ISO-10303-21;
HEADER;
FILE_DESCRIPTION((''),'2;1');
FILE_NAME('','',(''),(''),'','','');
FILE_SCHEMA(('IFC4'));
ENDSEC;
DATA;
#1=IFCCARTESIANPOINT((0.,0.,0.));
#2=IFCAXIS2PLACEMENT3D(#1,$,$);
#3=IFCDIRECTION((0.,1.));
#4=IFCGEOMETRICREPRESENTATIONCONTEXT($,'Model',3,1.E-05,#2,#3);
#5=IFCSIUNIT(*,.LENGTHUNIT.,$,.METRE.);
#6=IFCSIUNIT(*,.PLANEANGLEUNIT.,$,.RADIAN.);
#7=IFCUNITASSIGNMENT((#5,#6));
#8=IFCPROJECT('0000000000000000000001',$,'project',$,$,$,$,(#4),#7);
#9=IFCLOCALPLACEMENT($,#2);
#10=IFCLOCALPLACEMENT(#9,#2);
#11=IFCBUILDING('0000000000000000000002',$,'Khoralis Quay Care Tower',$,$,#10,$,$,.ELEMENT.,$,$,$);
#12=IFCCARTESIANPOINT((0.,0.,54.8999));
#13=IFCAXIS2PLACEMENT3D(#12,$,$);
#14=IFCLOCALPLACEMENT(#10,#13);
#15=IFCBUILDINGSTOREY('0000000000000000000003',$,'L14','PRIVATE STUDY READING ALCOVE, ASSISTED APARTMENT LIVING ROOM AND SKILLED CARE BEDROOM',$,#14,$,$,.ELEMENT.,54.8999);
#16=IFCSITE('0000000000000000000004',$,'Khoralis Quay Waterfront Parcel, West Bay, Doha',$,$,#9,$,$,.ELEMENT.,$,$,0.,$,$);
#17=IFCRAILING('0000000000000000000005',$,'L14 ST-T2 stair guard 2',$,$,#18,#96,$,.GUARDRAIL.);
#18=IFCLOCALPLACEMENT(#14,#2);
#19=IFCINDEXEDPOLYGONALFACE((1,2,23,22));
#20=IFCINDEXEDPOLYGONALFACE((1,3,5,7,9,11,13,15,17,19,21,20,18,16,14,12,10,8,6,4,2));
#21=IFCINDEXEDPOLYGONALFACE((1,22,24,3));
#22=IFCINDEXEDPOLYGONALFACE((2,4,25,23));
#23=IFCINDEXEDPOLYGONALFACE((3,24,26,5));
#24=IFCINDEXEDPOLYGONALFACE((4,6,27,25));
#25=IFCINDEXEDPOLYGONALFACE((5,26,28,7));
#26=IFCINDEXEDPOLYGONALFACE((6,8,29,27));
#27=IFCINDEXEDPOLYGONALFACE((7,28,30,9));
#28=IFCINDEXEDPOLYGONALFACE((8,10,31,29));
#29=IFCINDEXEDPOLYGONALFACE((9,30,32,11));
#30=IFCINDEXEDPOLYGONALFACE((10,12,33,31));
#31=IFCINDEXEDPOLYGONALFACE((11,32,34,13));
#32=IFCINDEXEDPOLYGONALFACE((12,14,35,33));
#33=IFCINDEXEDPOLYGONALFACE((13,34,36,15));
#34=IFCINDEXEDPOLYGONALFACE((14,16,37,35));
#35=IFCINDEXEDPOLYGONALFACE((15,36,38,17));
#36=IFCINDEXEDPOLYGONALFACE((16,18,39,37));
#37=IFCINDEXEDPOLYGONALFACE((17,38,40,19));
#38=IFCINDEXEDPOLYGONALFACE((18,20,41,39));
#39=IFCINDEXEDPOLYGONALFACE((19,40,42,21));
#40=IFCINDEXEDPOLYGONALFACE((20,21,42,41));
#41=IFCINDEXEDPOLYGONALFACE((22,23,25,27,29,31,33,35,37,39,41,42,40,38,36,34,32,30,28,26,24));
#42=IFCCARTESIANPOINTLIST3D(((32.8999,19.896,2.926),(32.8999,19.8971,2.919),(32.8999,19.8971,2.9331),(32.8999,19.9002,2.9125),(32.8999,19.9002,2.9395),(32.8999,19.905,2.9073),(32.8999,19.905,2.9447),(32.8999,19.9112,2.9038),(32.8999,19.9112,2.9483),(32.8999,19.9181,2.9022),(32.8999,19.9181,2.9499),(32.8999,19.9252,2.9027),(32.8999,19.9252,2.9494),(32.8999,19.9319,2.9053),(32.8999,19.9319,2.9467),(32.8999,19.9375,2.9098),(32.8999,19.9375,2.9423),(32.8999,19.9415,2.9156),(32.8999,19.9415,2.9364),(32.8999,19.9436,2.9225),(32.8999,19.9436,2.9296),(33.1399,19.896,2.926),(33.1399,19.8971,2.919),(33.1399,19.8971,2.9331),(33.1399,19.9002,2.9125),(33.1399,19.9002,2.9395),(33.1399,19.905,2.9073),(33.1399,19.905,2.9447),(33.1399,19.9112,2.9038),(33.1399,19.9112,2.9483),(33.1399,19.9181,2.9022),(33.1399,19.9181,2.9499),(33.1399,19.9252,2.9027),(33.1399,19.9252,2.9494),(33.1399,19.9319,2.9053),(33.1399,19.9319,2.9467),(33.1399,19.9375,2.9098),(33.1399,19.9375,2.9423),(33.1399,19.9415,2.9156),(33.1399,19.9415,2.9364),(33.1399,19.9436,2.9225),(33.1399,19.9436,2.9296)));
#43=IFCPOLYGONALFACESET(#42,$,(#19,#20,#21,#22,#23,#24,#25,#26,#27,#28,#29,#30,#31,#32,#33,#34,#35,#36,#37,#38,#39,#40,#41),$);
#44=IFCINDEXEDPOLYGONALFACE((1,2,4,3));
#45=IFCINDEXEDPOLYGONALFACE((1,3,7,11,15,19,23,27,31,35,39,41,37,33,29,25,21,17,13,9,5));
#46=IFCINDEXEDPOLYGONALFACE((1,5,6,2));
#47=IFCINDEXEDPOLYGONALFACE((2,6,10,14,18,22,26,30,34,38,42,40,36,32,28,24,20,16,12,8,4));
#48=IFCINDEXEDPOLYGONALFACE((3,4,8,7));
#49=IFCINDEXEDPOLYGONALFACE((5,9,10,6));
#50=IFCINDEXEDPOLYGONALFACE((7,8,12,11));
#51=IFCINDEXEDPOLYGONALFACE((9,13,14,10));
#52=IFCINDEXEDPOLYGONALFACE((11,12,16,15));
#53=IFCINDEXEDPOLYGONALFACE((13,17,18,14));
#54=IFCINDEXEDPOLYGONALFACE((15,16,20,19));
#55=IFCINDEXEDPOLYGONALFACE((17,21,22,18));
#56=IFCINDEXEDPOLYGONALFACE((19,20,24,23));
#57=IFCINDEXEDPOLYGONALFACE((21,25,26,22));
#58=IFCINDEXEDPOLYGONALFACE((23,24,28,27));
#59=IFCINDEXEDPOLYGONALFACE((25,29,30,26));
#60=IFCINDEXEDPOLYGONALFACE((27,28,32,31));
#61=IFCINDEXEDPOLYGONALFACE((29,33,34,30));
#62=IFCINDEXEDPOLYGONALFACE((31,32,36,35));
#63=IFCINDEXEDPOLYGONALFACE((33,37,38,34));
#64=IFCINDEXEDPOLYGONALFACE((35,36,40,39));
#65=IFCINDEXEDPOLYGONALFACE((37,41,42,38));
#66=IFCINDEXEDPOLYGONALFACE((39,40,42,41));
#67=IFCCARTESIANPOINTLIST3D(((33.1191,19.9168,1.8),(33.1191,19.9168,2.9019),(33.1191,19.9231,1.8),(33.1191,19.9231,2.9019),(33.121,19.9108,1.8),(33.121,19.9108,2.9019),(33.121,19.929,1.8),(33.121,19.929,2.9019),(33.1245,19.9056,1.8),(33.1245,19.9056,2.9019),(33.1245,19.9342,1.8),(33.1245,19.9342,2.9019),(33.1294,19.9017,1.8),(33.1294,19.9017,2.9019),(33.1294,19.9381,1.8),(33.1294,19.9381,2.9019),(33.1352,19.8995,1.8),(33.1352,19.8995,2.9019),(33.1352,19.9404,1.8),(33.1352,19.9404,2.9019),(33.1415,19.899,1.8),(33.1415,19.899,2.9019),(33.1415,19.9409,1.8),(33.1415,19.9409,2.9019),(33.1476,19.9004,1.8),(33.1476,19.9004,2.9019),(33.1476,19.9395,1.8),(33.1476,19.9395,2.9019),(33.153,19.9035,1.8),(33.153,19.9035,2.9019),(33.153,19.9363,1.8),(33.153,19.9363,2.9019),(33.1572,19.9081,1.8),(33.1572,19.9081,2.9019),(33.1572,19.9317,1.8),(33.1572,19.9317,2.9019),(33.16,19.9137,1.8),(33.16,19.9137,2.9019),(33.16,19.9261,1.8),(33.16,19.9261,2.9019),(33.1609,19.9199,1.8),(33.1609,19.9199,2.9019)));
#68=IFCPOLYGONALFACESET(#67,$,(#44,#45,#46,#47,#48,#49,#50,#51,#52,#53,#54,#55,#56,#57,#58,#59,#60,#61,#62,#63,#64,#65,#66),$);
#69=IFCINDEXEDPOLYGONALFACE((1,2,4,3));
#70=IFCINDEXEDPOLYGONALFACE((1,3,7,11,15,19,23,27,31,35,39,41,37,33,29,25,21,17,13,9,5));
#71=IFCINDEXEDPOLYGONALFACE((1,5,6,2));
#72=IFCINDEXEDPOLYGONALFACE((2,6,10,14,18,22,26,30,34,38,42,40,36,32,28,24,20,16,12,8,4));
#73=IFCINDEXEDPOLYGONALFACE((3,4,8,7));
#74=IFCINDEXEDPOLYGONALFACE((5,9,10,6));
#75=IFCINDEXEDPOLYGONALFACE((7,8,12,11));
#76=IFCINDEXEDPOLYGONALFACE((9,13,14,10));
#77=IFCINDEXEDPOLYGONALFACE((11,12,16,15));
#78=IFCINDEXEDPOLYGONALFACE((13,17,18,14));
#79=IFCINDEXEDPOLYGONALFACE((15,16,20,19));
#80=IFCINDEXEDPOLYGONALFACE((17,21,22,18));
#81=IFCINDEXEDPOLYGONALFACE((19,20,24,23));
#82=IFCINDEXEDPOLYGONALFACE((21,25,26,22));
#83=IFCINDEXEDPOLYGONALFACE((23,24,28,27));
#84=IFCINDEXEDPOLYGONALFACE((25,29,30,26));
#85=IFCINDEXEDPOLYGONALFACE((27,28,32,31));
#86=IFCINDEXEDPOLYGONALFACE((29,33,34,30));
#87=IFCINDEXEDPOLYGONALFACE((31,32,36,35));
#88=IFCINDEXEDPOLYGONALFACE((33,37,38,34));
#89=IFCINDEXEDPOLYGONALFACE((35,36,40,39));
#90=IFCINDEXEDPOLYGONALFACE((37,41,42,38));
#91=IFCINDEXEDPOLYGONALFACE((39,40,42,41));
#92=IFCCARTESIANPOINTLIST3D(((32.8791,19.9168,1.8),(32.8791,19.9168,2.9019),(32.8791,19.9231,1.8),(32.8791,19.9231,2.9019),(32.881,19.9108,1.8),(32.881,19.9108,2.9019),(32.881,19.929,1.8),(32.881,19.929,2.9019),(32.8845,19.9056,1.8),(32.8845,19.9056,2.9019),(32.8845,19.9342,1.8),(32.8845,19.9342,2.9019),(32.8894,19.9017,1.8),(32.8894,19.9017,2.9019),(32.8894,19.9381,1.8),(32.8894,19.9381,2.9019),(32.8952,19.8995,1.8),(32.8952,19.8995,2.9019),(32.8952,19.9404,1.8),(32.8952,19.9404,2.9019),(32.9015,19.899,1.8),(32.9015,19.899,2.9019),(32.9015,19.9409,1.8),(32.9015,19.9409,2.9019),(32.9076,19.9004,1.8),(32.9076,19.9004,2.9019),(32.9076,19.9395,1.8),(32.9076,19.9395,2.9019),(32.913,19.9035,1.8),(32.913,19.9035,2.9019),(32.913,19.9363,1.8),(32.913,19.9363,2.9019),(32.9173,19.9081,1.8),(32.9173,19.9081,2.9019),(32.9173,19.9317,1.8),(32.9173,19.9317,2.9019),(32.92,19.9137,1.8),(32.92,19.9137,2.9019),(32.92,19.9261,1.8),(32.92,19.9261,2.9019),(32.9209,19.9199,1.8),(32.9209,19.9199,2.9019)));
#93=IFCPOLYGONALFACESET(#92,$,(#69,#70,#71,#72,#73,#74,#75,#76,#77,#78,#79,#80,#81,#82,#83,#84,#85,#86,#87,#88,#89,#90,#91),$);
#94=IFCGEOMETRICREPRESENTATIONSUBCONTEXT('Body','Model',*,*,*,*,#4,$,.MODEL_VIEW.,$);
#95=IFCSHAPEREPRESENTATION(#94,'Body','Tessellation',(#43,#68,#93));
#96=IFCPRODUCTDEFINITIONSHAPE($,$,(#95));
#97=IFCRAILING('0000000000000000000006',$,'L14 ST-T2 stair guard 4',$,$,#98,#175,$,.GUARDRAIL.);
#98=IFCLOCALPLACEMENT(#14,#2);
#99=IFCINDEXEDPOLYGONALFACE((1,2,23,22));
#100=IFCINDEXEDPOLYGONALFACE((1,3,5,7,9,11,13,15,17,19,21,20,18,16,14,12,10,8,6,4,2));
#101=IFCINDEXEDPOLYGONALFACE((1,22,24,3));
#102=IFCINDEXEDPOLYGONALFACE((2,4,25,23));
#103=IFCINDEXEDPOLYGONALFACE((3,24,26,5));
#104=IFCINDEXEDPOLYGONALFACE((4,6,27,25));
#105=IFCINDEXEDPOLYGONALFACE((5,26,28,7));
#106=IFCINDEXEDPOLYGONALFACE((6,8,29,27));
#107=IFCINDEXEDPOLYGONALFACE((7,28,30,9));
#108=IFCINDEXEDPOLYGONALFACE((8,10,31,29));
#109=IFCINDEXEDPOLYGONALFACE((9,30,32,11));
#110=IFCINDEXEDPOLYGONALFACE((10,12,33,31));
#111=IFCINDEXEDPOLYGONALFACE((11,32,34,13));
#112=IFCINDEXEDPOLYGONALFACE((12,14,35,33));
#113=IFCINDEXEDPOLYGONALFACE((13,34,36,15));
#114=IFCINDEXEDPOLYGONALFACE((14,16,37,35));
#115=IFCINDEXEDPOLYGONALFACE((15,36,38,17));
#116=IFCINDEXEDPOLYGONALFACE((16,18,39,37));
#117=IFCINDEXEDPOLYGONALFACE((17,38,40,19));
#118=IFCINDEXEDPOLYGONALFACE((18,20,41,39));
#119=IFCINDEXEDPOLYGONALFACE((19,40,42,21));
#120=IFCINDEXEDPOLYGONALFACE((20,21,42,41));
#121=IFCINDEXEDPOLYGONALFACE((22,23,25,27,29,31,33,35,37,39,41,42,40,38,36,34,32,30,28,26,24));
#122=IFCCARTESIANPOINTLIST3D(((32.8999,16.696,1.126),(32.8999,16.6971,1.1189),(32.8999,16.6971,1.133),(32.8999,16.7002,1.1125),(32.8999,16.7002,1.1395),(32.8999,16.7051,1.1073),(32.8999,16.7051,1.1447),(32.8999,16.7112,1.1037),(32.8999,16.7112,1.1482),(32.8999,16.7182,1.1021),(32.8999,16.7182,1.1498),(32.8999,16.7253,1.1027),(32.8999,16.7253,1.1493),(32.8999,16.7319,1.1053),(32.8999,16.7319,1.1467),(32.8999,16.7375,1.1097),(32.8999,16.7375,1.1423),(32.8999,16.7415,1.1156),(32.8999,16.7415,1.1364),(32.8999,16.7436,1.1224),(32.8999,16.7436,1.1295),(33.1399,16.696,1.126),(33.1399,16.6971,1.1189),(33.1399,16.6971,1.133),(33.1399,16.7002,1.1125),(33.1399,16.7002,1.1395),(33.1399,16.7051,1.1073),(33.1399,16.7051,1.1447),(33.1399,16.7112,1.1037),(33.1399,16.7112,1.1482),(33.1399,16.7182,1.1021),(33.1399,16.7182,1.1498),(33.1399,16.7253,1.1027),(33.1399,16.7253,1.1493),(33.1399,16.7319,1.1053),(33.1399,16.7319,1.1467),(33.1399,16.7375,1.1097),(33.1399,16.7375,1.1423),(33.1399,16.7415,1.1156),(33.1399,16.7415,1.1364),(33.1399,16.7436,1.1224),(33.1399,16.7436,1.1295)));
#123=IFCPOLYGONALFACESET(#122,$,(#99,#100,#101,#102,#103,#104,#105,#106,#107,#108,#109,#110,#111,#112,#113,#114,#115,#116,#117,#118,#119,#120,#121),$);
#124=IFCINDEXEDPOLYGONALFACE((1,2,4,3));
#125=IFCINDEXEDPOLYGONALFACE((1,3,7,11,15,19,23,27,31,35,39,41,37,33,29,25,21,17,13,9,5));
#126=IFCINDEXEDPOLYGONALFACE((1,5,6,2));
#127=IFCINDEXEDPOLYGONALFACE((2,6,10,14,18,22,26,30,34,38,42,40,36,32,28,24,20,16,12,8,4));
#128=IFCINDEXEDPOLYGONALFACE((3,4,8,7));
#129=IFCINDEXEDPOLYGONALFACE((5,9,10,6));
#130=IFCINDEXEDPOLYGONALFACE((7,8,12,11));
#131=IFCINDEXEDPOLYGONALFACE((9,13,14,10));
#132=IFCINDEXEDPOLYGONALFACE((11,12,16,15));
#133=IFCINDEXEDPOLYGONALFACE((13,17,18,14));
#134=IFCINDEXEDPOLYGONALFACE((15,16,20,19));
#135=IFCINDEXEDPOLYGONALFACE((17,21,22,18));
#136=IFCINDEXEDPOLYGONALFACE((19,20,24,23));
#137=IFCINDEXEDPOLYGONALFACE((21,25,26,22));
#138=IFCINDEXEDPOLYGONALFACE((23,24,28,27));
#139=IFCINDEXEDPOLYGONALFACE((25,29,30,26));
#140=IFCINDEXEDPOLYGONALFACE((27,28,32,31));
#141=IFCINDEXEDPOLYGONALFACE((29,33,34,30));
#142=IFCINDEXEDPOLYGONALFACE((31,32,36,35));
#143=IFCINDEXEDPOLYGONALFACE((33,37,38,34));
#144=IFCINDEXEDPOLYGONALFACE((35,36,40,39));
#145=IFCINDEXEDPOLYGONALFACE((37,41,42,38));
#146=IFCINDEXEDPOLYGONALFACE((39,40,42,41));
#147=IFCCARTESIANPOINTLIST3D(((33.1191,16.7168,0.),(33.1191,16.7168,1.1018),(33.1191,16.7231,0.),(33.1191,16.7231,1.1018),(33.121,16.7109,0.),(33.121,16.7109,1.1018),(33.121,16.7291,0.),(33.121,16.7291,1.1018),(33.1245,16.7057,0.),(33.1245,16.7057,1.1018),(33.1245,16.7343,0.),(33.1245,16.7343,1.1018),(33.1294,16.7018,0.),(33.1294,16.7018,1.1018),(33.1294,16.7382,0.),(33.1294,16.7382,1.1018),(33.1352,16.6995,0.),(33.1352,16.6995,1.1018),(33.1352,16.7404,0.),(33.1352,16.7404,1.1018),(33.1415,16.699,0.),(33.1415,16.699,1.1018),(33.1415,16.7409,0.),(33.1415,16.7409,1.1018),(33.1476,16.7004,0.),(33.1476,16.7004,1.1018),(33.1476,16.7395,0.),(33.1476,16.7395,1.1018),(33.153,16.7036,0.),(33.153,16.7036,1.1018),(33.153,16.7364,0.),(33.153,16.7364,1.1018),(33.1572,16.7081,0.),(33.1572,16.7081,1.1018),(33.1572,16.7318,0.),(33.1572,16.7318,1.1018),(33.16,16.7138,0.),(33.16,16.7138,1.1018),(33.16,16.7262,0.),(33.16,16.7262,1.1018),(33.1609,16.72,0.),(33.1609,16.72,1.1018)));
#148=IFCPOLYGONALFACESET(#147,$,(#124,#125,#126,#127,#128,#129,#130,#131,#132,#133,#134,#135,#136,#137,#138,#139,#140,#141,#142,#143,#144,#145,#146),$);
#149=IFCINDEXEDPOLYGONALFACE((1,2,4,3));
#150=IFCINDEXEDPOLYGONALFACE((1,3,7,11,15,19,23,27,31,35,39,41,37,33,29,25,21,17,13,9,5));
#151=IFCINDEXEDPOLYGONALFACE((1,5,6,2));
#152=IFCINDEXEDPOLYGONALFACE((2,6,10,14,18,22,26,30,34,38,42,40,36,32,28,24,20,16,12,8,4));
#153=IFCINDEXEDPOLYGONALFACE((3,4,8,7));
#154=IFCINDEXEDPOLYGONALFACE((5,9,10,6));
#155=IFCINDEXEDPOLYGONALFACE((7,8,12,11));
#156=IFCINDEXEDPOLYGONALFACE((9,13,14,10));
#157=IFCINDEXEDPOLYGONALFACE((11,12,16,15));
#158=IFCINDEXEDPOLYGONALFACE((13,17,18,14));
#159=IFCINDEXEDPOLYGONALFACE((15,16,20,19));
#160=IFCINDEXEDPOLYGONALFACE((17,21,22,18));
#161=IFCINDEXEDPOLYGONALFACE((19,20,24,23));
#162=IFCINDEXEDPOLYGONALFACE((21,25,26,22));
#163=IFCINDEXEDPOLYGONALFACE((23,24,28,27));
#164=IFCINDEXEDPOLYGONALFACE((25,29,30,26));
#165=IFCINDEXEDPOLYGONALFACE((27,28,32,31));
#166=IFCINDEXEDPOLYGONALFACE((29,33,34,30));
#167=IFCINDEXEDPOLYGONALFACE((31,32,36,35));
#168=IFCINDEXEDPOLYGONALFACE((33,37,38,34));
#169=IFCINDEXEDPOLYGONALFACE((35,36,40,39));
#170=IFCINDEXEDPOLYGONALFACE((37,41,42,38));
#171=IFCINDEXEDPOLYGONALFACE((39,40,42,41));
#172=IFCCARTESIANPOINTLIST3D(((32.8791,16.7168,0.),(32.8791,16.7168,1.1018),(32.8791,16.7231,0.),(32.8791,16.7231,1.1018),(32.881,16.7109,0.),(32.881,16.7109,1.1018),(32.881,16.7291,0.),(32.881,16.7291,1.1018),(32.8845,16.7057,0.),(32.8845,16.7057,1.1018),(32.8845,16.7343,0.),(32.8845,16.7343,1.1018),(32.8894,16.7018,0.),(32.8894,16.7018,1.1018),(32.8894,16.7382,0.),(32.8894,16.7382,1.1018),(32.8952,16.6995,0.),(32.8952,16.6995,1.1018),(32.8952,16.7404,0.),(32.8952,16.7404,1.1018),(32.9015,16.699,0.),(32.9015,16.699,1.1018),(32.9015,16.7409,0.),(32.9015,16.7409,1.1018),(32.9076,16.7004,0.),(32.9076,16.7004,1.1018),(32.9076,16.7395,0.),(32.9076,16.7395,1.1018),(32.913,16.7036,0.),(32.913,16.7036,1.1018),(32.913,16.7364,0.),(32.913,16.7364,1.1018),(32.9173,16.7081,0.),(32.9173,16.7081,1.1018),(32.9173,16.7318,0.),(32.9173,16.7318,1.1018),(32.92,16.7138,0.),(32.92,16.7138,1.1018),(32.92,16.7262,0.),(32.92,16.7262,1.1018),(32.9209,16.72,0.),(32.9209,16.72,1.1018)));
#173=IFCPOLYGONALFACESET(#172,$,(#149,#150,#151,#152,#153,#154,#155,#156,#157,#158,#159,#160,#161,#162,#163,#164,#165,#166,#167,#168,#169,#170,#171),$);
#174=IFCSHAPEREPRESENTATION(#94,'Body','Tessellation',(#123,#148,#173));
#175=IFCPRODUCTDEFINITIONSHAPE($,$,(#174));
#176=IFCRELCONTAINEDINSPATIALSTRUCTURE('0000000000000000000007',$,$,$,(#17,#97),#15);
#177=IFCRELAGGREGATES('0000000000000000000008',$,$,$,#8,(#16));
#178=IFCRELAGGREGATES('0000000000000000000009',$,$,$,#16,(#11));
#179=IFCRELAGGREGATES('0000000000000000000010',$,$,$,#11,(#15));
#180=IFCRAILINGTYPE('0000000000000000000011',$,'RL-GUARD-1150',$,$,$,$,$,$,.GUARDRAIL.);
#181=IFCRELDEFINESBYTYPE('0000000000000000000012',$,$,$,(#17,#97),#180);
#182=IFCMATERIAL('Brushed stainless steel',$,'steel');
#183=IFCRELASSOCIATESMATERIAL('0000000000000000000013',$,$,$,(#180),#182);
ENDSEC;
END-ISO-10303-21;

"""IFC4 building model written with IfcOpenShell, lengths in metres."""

from ifc_helpers import new_model, si_unit, direction, frame, origin, origin_2d, place, context, subcontext, project, spatial, circle, extrude, material, type_object, element, save


model = new_model("IFC4")

# Units and contexts
model_context = context("Model", 3, precision=1e-05, world=origin(), true_north=direction((0.0, 1.0)))
body_context = subcontext(model_context, "Body", "Model", "MODEL_VIEW")
ifc_project = project(units=[si_unit("LENGTHUNIT", "METRE"), si_unit("PLANEANGLEUNIT", "RADIAN")], contexts=[model_context])

# Site, building, storey
site_placement = place(None, origin())
site = spatial("IfcSite", under=ifc_project, at=site_placement, Name="Khoralis Quay Waterfront Parcel, West Bay, Doha", CompositionType="ELEMENT", RefElevation=0.0)
building_placement = place(site_placement, origin())
building = spatial("IfcBuilding", under=site, at=building_placement, Name="Khoralis Quay Care Tower", CompositionType="ELEMENT")
storey_placement = place(building_placement, frame((0.0, 0.0, 54.8999)))
storey = spatial("IfcBuildingStorey", under=building, at=storey_placement, Name="L14", Description="PRIVATE STUDY READING ALCOVE, ASSISTED APARTMENT LIVING ROOM AND SKILLED CARE BEDROOM", CompositionType="ELEMENT", Elevation=54.8999)

# Railings
ifc_material_1 = material(Name="Brushed stainless steel", Category="steel")
railing_type_1 = type_object("IfcRailingType", Name="RL-GUARD-1150", PredefinedType="GUARDRAIL", material=ifc_material_1)
for number, where, name in (
    (1, (33.1399, 19.9199, 1.8), "L14 ST-T2 stair guard 2"),
    (2, (33.1399, 16.72, 0.0), "L14 ST-T2 stair guard 4"),
):
    element("IfcRailing", number, at=place(storey_placement, frame(where)), inside=storey, type_object=railing_type_1, Name=name, PredefinedType="GUARDRAIL", context=body_context, shape_type="SweptSolid", body=[
        extrude(circle(Radius=0.0239, at=origin_2d()), frame((0.0, 0.0, 1.126), z_axis=(-1.0, 0.0, 0.0), x_axis=(0.0, -1.0, 0.0)), (0.0, 0.0, 1.0), 0.24),
        extrude(circle(Radius=0.021, at=origin_2d()), origin(), (0.0, 0.0, 1.0), 1.1018),
        extrude(circle(Radius=0.021, at=origin_2d()), frame((-0.24, 0.0, 0.0)), (0.0, 0.0, 1.0), 1.1018),
    ])

save(model, "model.ifc")
